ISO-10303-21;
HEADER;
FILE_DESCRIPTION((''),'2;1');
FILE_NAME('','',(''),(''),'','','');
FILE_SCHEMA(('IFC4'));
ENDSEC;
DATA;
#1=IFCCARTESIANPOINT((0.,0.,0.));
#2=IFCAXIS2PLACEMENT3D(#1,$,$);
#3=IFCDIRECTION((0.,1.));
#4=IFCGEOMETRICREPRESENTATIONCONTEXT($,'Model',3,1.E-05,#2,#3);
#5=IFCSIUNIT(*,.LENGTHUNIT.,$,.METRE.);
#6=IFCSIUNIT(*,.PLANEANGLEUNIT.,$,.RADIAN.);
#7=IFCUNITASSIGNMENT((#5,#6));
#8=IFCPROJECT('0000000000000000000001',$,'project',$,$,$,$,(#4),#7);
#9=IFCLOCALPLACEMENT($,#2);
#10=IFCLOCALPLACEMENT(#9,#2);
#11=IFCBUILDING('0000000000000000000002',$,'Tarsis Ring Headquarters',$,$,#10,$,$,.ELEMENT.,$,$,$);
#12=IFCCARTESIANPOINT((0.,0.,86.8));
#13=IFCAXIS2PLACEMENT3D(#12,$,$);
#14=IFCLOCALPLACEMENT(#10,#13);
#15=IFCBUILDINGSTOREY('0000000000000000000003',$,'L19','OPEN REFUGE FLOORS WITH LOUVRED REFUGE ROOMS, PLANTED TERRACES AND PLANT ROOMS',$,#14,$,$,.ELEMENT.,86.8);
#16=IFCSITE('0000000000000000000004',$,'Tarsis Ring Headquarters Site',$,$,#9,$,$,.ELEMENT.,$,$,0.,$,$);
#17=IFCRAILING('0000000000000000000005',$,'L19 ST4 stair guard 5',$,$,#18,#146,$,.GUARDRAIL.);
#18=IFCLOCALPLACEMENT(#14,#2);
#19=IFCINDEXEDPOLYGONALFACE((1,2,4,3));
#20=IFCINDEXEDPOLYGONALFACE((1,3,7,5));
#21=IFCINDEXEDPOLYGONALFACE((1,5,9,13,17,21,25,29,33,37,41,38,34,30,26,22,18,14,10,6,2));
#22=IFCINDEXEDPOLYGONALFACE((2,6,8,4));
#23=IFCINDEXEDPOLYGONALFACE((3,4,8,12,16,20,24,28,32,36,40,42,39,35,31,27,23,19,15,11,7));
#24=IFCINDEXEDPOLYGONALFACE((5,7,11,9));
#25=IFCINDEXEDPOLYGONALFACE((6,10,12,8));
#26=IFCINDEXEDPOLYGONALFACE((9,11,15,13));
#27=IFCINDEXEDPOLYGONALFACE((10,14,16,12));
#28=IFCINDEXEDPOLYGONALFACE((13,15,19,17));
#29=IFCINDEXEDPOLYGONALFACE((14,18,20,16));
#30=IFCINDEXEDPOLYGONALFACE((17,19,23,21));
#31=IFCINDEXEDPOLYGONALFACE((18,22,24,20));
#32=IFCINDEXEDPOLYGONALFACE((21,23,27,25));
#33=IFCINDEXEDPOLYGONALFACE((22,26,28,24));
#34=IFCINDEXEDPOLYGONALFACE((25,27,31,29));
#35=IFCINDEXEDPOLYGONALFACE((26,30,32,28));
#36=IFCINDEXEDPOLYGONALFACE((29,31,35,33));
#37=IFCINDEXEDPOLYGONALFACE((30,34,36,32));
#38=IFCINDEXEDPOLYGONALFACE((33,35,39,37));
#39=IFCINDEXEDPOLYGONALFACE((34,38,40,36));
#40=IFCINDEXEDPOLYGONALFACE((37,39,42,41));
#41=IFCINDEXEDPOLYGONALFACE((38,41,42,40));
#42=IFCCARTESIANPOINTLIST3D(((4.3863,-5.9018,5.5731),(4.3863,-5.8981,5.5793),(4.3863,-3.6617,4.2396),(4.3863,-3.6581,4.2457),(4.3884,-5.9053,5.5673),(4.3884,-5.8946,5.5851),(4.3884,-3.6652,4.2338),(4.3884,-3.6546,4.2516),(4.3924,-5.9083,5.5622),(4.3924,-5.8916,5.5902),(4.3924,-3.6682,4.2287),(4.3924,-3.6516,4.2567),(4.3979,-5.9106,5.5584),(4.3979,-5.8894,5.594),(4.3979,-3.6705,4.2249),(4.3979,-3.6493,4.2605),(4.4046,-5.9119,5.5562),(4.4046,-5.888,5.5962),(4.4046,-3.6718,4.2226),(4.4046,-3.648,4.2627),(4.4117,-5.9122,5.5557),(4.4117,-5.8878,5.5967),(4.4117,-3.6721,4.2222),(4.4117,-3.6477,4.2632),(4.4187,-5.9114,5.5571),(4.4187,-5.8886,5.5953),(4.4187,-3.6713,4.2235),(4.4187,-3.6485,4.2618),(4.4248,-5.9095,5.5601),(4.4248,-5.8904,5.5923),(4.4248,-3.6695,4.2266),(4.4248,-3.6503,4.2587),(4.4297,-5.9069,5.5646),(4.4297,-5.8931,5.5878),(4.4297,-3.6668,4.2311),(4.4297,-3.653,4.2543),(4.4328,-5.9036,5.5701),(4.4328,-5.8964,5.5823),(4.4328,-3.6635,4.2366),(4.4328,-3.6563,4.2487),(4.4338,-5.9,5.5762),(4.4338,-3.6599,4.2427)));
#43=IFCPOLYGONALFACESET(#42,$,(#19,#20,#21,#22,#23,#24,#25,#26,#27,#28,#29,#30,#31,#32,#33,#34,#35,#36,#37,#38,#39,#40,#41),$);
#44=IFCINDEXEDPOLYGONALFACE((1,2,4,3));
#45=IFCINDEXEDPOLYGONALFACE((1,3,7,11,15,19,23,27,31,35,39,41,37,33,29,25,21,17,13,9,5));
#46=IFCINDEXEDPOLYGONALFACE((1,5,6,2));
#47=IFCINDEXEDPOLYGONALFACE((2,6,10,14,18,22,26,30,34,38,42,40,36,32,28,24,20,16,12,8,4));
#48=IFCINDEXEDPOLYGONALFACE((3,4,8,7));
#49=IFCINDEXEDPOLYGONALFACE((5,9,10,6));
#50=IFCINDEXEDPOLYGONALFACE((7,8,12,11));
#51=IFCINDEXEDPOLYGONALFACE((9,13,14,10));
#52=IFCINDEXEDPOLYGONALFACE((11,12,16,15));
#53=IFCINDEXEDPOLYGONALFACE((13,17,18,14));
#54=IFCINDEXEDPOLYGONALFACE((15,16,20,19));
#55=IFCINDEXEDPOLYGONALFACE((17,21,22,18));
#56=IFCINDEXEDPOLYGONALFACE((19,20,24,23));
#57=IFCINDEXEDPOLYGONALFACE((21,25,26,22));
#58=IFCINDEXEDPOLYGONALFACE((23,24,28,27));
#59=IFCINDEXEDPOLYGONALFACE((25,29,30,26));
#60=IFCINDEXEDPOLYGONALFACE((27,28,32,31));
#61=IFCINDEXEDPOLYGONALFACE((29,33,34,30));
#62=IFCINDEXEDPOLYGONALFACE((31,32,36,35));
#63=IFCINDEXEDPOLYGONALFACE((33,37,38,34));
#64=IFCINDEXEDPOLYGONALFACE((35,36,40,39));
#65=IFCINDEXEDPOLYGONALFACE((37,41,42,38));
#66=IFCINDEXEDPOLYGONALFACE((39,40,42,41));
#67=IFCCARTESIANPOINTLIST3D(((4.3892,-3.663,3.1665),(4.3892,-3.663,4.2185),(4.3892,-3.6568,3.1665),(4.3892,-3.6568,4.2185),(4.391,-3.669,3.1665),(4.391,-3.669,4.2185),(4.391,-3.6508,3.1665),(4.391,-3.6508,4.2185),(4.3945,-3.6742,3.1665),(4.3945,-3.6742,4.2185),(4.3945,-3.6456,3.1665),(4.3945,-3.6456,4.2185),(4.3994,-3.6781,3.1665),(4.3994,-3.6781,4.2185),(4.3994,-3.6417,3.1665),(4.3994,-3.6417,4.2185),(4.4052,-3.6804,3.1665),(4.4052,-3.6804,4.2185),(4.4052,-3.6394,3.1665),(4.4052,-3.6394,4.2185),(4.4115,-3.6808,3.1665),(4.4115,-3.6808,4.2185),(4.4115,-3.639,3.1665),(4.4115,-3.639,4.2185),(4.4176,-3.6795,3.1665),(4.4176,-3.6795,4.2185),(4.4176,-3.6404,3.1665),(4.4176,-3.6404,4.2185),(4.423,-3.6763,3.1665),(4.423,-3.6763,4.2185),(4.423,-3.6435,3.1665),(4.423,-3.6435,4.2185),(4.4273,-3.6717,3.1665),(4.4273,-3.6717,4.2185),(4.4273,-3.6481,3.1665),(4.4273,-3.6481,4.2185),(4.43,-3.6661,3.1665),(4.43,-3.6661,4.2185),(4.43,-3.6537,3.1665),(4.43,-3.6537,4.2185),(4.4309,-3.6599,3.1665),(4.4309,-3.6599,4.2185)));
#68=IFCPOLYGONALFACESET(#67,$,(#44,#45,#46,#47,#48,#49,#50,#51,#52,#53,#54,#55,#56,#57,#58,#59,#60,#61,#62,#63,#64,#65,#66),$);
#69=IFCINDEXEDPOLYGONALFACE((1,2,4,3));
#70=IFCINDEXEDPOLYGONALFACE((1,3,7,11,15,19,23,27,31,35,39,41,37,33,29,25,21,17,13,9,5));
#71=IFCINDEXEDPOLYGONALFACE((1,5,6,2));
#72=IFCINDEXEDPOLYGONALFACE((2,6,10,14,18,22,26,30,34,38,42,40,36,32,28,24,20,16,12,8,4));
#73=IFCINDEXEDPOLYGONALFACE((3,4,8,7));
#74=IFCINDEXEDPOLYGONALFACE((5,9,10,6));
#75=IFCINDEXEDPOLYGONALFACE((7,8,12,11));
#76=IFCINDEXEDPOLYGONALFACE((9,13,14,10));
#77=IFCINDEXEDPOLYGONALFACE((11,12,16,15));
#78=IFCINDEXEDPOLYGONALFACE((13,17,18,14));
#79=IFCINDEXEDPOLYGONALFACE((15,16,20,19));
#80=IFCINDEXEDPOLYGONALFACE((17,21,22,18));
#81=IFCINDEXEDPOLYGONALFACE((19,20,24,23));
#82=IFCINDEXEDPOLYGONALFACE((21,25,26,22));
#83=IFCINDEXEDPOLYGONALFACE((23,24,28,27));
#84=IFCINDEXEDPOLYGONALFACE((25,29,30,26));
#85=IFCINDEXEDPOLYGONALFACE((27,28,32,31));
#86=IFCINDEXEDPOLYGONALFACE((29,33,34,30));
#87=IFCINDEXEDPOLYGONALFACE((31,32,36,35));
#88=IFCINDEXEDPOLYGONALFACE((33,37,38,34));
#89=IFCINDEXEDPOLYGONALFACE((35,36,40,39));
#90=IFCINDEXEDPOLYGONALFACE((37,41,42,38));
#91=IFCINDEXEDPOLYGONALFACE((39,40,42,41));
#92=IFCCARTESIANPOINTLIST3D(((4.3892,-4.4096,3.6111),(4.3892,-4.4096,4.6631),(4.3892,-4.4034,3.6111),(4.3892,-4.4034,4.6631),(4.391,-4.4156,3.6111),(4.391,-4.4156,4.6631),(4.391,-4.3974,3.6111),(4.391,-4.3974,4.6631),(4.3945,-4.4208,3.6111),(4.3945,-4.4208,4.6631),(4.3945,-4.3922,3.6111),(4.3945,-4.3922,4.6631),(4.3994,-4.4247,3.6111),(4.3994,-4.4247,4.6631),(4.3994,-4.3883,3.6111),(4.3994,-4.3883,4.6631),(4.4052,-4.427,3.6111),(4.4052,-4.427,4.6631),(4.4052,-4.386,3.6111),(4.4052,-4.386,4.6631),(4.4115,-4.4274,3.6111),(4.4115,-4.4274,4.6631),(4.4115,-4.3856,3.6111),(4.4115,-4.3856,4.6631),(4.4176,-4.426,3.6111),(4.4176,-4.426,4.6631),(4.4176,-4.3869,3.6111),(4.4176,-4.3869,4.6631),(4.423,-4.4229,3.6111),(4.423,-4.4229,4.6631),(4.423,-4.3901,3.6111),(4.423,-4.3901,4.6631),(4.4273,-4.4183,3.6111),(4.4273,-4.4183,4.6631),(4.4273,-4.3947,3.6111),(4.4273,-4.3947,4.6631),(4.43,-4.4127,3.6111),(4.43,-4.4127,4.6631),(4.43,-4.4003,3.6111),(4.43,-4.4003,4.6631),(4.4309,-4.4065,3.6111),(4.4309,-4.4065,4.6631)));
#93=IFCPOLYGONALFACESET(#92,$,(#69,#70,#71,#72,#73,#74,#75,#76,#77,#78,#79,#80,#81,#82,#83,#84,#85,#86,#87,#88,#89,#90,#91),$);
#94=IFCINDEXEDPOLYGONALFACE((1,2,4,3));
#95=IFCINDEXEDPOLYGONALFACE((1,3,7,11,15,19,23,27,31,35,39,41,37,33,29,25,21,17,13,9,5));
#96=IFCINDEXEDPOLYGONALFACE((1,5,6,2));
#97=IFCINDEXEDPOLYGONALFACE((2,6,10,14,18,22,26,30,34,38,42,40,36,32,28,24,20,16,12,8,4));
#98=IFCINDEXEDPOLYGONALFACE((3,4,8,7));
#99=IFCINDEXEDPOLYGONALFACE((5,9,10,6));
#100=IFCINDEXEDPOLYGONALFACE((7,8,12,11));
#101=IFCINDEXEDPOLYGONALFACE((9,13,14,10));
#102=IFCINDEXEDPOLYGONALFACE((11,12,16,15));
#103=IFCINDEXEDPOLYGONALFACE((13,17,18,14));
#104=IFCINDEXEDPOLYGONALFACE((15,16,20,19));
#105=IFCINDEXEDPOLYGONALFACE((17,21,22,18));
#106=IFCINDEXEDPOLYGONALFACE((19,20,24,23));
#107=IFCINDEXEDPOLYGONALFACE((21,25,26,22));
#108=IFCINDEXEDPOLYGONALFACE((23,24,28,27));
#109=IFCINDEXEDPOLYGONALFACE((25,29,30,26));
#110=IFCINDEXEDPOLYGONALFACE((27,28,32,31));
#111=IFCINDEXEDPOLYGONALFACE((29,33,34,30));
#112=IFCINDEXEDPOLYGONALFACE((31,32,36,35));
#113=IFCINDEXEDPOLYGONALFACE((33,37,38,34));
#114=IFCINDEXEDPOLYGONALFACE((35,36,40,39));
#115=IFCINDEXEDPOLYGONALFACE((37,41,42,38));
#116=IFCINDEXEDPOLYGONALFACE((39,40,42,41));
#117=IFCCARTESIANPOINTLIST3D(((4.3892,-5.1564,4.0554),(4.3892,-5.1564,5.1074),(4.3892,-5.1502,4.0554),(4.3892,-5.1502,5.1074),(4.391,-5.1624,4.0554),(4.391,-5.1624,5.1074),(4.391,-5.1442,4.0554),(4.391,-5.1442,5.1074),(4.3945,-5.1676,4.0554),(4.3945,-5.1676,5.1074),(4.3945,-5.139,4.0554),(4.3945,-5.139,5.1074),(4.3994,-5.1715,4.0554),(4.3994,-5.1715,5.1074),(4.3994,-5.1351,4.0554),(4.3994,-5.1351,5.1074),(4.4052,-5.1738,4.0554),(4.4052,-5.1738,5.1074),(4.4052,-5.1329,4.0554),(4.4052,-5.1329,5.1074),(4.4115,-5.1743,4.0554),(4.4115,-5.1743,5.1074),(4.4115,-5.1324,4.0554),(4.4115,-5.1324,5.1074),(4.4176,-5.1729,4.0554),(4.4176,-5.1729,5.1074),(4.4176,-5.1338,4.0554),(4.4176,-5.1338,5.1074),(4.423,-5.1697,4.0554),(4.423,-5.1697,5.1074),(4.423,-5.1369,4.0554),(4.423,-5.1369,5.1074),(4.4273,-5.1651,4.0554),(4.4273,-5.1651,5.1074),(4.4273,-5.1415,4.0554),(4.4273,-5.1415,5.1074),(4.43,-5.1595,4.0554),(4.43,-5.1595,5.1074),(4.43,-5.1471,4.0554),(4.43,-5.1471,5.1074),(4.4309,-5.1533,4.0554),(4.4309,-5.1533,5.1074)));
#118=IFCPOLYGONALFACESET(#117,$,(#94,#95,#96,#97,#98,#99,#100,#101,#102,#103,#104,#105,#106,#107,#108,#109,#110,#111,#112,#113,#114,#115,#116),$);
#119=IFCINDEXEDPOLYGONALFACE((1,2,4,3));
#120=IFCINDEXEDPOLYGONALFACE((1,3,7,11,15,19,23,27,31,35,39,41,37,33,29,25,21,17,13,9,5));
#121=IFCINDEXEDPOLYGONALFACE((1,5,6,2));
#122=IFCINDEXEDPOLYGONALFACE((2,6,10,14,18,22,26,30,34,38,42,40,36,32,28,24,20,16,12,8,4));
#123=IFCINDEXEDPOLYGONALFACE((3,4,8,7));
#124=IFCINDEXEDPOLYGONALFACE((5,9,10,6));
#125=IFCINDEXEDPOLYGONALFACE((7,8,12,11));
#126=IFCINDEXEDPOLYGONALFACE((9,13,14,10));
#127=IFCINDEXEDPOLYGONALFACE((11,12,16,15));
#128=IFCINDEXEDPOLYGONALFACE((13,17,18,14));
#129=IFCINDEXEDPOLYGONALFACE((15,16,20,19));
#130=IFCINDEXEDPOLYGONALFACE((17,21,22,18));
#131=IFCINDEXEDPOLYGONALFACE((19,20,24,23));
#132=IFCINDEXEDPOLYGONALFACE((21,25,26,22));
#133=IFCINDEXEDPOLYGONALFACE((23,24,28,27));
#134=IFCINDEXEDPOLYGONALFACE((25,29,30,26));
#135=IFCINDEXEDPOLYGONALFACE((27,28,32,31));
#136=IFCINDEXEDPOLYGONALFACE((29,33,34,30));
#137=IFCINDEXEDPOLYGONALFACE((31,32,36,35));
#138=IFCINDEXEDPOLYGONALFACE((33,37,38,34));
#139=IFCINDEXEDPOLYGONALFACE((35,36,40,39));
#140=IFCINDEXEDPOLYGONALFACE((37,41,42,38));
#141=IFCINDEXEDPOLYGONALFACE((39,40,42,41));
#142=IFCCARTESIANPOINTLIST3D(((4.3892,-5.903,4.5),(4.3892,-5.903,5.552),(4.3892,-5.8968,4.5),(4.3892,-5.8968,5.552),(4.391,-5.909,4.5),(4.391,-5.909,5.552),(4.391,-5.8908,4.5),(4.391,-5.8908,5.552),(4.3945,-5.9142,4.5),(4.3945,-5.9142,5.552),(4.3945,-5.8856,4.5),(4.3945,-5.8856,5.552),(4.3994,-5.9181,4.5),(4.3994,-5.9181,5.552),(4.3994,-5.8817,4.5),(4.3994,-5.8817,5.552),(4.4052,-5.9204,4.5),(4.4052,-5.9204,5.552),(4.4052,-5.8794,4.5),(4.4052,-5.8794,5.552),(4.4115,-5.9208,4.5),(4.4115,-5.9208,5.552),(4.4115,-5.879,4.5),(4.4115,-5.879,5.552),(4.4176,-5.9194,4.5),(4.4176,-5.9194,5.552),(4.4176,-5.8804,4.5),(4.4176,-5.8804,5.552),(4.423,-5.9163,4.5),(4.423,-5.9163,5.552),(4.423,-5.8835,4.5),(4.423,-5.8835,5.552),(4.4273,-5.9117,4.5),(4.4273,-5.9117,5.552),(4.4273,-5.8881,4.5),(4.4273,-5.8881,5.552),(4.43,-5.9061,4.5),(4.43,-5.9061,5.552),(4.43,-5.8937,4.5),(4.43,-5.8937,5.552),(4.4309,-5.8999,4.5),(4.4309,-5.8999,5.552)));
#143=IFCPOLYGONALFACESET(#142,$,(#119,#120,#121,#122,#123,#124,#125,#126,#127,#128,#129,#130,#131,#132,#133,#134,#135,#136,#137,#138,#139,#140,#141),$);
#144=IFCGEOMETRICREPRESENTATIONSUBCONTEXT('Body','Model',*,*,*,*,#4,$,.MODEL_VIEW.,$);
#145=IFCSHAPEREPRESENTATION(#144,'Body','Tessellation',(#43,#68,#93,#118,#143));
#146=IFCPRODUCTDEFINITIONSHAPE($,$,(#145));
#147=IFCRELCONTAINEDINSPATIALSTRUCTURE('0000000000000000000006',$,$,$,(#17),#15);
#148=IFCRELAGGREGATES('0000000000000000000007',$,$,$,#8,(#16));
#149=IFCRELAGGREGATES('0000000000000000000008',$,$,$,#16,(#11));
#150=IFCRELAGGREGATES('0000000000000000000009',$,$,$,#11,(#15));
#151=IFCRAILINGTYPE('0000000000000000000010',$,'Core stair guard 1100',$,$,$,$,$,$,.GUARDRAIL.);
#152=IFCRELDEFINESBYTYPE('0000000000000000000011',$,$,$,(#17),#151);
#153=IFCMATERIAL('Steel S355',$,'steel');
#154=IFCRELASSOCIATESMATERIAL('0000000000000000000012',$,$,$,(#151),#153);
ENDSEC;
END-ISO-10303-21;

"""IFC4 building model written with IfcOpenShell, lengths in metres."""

from ifc_helpers import new_model, si_unit, direction, frame, origin, origin_2d, place, context, subcontext, project, spatial, circle, extrude, material, type_object, element, save


model = new_model("IFC4")

# Units and contexts
model_context = context("Model", 3, precision=1e-05, world=origin(), true_north=direction((0.0, 1.0)))
body_context = subcontext(model_context, "Body", "Model", "MODEL_VIEW")
ifc_project = project(units=[si_unit("LENGTHUNIT", "METRE"), si_unit("PLANEANGLEUNIT", "RADIAN")], contexts=[model_context])

# Site, building, storey
site_placement = place(None, origin())
site = spatial("IfcSite", under=ifc_project, at=site_placement, Name="Tarsis Ring Headquarters Site", CompositionType="ELEMENT", RefElevation=0.0)
building_placement = place(site_placement, origin())
building = spatial("IfcBuilding", under=site, at=building_placement, Name="Tarsis Ring Headquarters", CompositionType="ELEMENT")
storey_placement = place(building_placement, frame((0.0, 0.0, 86.8)))
storey = spatial("IfcBuildingStorey", under=building, at=storey_placement, Name="L19", Description="OPEN REFUGE FLOORS WITH LOUVRED REFUGE ROOMS, PLANTED TERRACES AND PLANT ROOMS", CompositionType="ELEMENT", Elevation=86.8)

# Railing
ifc_material_1 = material(Name="Steel S355", Category="steel")
railing_type_1 = type_object("IfcRailingType", Name="Core stair guard 1100", PredefinedType="GUARDRAIL", material=ifc_material_1)
railing_1_placement = place(storey_placement, frame((4.4099, -3.6599, 3.1665)))
element("IfcRailing", 1, at=railing_1_placement, inside=storey, type_object=railing_type_1, Name="L19 ST4 stair guard 5", PredefinedType="GUARDRAIL", context=body_context, shape_type="SweptSolid", body=[
    extrude(circle(Radius=0.0239, at=origin_2d()), frame((0.0, 0.0, 1.0762), z_axis=(0.0, -0.859264, 0.511532), x_axis=(1.0, 0.0, 0.0)), (0.0, 0.0, 1.0), 2.6069),
    extrude(circle(Radius=0.021, at=origin_2d()), origin(), (0.0, 0.0, 1.0), 1.052),
    extrude(circle(Radius=0.021, at=origin_2d()), frame((0.0, -0.7466, 0.4446)), (0.0, 0.0, 1.0), 1.052),
    extrude(circle(Radius=0.021, at=origin_2d()), frame((0.0, -1.4934, 0.8889)), (0.0, 0.0, 1.0), 1.052),
    extrude(circle(Radius=0.021, at=origin_2d()), frame((0.0, -2.24, 1.3335)), (0.0, 0.0, 1.0), 1.052),
])

save(model, "model.ifc")
